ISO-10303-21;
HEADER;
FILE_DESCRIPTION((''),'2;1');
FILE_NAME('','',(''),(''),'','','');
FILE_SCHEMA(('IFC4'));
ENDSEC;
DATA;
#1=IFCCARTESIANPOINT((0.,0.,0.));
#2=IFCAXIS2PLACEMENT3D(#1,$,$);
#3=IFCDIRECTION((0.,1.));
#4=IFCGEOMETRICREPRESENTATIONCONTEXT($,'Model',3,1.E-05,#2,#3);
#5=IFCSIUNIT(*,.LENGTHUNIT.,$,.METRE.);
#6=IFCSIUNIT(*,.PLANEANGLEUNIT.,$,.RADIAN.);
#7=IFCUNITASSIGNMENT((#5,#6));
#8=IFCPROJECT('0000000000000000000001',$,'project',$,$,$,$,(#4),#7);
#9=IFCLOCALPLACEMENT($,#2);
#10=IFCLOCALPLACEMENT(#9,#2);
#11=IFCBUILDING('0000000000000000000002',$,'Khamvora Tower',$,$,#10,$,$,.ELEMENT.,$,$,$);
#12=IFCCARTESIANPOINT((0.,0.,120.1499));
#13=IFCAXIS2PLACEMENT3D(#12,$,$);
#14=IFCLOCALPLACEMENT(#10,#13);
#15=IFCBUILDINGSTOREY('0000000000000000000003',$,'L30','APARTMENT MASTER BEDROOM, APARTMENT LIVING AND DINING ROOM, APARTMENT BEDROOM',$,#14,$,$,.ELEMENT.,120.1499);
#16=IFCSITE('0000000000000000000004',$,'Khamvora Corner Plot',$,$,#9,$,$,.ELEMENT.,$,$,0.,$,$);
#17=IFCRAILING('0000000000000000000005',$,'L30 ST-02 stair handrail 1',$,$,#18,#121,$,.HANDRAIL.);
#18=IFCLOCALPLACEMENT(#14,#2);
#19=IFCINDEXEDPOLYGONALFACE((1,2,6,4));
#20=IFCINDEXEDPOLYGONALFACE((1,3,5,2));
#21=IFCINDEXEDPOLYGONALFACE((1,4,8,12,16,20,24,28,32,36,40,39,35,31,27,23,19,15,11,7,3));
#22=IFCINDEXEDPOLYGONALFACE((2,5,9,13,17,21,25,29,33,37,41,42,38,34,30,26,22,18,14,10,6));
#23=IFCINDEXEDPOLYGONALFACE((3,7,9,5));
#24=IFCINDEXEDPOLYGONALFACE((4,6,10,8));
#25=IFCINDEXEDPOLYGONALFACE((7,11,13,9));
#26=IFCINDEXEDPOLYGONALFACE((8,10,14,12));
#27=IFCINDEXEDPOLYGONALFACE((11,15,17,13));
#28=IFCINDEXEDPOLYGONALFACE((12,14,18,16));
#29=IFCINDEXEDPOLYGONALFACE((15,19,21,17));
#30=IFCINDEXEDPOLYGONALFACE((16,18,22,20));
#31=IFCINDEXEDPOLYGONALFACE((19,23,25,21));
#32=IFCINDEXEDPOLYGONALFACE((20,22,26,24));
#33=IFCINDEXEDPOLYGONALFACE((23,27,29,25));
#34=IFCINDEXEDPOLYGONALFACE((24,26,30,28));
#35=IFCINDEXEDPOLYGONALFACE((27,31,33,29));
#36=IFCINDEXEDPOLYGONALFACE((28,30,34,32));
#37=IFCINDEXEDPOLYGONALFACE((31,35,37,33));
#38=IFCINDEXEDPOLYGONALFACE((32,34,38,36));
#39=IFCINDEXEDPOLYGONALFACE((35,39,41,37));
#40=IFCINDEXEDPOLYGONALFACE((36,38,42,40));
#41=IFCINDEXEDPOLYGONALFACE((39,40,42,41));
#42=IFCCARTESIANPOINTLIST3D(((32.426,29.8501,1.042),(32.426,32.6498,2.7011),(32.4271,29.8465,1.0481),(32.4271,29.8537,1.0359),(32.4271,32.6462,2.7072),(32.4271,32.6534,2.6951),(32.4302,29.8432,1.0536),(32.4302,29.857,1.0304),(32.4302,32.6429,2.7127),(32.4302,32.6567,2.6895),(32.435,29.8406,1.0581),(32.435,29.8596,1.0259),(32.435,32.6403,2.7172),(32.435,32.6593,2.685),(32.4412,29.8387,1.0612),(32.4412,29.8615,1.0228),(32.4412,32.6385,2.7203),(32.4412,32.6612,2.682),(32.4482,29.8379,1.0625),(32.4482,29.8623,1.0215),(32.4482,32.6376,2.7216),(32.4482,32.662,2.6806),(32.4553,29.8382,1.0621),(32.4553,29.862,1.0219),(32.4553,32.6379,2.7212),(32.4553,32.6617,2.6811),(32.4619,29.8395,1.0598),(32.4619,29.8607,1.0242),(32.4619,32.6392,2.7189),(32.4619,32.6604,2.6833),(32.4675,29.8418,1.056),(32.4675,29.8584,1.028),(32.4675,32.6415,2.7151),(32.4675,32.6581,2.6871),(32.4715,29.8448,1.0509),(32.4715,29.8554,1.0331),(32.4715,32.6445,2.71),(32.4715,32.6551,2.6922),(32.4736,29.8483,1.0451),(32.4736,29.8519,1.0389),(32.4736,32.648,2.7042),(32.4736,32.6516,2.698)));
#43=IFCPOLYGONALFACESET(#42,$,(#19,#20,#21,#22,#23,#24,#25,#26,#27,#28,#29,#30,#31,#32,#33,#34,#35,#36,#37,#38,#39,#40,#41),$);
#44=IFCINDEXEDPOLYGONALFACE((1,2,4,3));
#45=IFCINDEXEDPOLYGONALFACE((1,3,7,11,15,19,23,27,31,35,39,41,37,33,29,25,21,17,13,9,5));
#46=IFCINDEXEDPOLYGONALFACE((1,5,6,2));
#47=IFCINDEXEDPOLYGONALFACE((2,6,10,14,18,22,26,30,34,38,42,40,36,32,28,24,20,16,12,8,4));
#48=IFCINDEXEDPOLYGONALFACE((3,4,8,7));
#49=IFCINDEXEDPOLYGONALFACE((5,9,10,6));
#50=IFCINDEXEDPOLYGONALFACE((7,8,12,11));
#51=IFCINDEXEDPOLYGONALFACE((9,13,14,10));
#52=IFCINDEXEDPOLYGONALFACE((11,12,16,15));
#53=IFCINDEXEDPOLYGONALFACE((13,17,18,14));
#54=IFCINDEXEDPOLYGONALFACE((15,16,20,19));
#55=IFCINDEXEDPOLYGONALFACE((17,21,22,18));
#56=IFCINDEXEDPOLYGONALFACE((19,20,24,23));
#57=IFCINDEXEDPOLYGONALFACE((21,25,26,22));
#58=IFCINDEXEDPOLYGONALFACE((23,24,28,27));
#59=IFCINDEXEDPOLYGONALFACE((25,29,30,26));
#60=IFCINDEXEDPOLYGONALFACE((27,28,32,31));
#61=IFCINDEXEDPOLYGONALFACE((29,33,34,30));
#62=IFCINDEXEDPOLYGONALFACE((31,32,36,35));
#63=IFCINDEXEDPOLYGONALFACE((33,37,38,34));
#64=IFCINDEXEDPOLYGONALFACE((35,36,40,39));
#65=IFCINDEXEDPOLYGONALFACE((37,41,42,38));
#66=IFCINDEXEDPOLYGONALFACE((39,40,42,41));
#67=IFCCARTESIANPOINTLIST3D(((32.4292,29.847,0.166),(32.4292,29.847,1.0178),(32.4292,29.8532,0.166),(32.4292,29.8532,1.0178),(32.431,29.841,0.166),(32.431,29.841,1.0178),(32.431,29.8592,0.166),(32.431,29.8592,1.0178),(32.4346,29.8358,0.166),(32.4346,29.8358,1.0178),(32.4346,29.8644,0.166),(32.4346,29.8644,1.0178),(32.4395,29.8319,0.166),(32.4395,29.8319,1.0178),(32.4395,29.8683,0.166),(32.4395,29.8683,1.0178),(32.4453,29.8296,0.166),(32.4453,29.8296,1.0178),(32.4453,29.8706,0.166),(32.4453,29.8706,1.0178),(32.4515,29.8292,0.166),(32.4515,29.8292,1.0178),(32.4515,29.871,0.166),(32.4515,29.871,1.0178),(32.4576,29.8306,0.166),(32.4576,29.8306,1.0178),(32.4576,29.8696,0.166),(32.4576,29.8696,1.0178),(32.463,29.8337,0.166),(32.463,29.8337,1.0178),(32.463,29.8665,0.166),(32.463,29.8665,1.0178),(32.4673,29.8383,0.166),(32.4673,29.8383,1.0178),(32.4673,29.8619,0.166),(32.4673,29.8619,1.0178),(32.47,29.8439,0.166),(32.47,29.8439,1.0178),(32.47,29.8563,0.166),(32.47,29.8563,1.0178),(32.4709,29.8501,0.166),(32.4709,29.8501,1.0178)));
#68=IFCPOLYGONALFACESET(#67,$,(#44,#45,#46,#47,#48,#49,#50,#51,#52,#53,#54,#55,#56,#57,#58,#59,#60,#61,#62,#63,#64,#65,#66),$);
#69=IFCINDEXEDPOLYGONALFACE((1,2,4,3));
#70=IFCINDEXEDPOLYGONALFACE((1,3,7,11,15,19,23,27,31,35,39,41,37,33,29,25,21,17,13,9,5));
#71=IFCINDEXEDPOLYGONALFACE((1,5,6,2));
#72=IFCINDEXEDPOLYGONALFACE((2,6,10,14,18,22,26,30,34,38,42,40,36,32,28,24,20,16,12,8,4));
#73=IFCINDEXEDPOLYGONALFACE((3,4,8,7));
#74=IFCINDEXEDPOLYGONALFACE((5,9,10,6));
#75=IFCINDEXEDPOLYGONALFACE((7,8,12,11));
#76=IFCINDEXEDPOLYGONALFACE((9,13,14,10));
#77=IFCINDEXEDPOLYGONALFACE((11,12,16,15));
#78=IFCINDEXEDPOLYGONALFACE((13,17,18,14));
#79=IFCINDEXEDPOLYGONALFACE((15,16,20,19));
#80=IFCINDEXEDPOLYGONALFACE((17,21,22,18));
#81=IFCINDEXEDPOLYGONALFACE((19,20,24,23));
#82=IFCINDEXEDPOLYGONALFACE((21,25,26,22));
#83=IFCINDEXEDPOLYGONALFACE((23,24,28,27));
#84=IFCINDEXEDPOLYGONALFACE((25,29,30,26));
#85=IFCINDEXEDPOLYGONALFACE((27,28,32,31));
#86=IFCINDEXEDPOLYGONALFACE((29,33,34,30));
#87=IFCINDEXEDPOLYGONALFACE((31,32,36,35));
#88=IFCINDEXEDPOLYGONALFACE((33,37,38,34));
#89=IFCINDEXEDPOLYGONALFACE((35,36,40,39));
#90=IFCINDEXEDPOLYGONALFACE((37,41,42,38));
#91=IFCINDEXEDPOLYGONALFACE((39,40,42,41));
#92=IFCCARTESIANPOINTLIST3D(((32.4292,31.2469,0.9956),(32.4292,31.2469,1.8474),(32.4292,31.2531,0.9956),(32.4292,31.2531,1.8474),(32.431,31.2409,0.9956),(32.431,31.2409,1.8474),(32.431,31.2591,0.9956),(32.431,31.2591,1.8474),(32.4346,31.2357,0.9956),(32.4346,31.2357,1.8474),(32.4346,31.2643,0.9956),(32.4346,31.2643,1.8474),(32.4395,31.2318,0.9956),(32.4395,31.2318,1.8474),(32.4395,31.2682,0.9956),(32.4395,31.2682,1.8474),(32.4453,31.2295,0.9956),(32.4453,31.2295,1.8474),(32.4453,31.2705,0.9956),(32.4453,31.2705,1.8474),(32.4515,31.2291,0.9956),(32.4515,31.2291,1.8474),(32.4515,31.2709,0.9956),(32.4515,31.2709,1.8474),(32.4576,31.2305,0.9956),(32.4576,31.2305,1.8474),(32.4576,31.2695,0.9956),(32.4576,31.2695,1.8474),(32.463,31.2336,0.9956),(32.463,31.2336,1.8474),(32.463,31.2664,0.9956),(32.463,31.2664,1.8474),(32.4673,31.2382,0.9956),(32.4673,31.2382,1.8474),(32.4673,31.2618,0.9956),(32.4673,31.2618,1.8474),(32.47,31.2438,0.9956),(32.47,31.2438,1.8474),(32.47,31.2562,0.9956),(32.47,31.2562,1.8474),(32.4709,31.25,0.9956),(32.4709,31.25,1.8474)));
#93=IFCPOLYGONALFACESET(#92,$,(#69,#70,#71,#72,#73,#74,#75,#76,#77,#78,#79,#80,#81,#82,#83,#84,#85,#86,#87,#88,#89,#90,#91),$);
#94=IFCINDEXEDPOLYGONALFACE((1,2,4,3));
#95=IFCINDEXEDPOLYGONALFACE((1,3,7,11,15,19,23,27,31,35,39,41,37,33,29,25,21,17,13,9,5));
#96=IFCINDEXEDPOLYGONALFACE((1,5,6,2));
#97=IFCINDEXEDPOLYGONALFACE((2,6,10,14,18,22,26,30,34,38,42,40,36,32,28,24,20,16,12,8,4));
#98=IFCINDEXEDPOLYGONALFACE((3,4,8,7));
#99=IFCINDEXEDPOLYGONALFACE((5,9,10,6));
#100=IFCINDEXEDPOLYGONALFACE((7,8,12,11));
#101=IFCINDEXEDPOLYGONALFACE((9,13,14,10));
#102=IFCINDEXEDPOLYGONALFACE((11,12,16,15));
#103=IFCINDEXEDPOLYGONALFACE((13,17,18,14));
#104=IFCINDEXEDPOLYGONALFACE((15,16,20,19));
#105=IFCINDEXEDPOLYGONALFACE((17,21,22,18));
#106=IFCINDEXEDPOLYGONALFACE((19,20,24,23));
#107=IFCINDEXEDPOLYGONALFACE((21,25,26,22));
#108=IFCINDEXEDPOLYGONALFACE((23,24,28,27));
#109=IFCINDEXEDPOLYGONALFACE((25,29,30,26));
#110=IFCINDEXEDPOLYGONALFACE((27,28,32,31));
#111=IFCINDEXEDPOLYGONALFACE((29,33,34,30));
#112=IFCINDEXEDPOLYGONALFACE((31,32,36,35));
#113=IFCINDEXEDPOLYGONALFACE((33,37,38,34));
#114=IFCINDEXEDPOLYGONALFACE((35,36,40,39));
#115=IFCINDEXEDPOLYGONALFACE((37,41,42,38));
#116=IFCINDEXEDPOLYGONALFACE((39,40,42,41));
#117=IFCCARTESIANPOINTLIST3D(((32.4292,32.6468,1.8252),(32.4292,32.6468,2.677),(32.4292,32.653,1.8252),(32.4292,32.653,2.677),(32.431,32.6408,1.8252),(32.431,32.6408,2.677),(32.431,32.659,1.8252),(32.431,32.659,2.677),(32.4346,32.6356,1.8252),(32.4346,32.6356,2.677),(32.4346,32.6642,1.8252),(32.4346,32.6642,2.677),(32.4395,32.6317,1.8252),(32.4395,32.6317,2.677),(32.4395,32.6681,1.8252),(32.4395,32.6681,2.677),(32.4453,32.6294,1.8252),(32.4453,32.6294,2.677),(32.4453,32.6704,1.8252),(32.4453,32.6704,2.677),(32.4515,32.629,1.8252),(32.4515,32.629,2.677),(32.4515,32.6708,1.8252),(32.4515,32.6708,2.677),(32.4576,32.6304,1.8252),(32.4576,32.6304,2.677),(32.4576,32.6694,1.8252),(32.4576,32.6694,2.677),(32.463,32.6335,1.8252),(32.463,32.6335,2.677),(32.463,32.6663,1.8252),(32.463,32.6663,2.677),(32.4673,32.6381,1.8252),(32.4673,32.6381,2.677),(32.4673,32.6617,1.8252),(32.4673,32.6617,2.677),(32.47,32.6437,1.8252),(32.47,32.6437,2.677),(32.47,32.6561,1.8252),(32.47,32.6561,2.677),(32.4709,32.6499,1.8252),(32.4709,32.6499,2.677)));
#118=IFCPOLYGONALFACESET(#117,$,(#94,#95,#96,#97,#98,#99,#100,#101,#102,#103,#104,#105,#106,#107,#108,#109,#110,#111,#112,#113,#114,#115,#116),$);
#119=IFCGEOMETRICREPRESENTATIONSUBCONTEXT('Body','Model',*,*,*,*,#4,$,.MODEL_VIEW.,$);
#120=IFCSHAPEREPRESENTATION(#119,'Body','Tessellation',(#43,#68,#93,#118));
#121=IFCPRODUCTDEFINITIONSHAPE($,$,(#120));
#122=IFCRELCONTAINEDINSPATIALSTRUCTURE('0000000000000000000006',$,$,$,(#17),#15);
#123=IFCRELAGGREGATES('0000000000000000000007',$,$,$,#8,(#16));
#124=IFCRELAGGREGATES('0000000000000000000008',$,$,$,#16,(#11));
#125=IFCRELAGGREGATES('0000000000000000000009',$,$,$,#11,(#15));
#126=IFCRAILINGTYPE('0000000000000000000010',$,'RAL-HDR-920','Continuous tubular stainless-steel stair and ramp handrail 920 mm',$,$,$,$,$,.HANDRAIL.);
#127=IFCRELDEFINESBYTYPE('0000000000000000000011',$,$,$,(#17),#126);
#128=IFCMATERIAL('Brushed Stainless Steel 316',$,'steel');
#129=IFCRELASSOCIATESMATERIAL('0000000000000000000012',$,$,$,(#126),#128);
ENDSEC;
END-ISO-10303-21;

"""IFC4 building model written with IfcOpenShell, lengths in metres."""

from ifc_helpers import new_model, si_unit, direction, frame, origin, origin_2d, place, context, subcontext, project, spatial, circle, extrude, material, type_object, element, save


model = new_model("IFC4")

# Units and contexts
model_context = context("Model", 3, precision=1e-05, world=origin(), true_north=direction((0.0, 1.0)))
body_context = subcontext(model_context, "Body", "Model", "MODEL_VIEW")
ifc_project = project(units=[si_unit("LENGTHUNIT", "METRE"), si_unit("PLANEANGLEUNIT", "RADIAN")], contexts=[model_context])

# Site, building, storey
site_placement = place(None, origin())
site = spatial("IfcSite", under=ifc_project, at=site_placement, Name="Khamvora Corner Plot", CompositionType="ELEMENT", RefElevation=0.0)
building_placement = place(site_placement, origin())
building = spatial("IfcBuilding", under=site, at=building_placement, Name="Khamvora Tower", CompositionType="ELEMENT")
storey_placement = place(building_placement, frame((0.0, 0.0, 120.1499)))
storey = spatial("IfcBuildingStorey", under=building, at=storey_placement, Name="L30", Description="APARTMENT MASTER BEDROOM, APARTMENT LIVING AND DINING ROOM, APARTMENT BEDROOM", CompositionType="ELEMENT", Elevation=120.1499)

# Railing
ifc_material_1 = material(Name="Brushed Stainless Steel 316", Category="steel")
railing_type_1 = type_object("IfcRailingType", Name="RAL-HDR-920", Description="Continuous tubular stainless-steel stair and ramp handrail 920 mm", PredefinedType="HANDRAIL", material=ifc_material_1)
railing_1_placement = place(storey_placement, frame((32.45, 29.8501, 0.166)))
element("IfcRailing", 1, at=railing_1_placement, inside=storey, type_object=railing_type_1, Name="L30 ST-02 stair handrail 1", PredefinedType="HANDRAIL", context=body_context, shape_type="SweptSolid", body=[
    extrude(circle(Radius=0.0239, at=origin_2d()), frame((0.0, 0.0, 0.876), z_axis=(0.0, 0.860287, 0.509811), x_axis=(-1.0, 0.0, 0.0)), (0.0, 0.0, 1.0), 3.2544),
    extrude(circle(Radius=0.021, at=origin_2d()), origin(), (0.0, 0.0, 1.0), 0.8518),
    extrude(circle(Radius=0.021, at=origin_2d()), frame((0.0, 1.3999, 0.8296)), (0.0, 0.0, 1.0), 0.8518),
    extrude(circle(Radius=0.021, at=origin_2d()), frame((0.0, 2.7998, 1.6592)), (0.0, 0.0, 1.0), 0.8518),
])

save(model, "model.ifc")
